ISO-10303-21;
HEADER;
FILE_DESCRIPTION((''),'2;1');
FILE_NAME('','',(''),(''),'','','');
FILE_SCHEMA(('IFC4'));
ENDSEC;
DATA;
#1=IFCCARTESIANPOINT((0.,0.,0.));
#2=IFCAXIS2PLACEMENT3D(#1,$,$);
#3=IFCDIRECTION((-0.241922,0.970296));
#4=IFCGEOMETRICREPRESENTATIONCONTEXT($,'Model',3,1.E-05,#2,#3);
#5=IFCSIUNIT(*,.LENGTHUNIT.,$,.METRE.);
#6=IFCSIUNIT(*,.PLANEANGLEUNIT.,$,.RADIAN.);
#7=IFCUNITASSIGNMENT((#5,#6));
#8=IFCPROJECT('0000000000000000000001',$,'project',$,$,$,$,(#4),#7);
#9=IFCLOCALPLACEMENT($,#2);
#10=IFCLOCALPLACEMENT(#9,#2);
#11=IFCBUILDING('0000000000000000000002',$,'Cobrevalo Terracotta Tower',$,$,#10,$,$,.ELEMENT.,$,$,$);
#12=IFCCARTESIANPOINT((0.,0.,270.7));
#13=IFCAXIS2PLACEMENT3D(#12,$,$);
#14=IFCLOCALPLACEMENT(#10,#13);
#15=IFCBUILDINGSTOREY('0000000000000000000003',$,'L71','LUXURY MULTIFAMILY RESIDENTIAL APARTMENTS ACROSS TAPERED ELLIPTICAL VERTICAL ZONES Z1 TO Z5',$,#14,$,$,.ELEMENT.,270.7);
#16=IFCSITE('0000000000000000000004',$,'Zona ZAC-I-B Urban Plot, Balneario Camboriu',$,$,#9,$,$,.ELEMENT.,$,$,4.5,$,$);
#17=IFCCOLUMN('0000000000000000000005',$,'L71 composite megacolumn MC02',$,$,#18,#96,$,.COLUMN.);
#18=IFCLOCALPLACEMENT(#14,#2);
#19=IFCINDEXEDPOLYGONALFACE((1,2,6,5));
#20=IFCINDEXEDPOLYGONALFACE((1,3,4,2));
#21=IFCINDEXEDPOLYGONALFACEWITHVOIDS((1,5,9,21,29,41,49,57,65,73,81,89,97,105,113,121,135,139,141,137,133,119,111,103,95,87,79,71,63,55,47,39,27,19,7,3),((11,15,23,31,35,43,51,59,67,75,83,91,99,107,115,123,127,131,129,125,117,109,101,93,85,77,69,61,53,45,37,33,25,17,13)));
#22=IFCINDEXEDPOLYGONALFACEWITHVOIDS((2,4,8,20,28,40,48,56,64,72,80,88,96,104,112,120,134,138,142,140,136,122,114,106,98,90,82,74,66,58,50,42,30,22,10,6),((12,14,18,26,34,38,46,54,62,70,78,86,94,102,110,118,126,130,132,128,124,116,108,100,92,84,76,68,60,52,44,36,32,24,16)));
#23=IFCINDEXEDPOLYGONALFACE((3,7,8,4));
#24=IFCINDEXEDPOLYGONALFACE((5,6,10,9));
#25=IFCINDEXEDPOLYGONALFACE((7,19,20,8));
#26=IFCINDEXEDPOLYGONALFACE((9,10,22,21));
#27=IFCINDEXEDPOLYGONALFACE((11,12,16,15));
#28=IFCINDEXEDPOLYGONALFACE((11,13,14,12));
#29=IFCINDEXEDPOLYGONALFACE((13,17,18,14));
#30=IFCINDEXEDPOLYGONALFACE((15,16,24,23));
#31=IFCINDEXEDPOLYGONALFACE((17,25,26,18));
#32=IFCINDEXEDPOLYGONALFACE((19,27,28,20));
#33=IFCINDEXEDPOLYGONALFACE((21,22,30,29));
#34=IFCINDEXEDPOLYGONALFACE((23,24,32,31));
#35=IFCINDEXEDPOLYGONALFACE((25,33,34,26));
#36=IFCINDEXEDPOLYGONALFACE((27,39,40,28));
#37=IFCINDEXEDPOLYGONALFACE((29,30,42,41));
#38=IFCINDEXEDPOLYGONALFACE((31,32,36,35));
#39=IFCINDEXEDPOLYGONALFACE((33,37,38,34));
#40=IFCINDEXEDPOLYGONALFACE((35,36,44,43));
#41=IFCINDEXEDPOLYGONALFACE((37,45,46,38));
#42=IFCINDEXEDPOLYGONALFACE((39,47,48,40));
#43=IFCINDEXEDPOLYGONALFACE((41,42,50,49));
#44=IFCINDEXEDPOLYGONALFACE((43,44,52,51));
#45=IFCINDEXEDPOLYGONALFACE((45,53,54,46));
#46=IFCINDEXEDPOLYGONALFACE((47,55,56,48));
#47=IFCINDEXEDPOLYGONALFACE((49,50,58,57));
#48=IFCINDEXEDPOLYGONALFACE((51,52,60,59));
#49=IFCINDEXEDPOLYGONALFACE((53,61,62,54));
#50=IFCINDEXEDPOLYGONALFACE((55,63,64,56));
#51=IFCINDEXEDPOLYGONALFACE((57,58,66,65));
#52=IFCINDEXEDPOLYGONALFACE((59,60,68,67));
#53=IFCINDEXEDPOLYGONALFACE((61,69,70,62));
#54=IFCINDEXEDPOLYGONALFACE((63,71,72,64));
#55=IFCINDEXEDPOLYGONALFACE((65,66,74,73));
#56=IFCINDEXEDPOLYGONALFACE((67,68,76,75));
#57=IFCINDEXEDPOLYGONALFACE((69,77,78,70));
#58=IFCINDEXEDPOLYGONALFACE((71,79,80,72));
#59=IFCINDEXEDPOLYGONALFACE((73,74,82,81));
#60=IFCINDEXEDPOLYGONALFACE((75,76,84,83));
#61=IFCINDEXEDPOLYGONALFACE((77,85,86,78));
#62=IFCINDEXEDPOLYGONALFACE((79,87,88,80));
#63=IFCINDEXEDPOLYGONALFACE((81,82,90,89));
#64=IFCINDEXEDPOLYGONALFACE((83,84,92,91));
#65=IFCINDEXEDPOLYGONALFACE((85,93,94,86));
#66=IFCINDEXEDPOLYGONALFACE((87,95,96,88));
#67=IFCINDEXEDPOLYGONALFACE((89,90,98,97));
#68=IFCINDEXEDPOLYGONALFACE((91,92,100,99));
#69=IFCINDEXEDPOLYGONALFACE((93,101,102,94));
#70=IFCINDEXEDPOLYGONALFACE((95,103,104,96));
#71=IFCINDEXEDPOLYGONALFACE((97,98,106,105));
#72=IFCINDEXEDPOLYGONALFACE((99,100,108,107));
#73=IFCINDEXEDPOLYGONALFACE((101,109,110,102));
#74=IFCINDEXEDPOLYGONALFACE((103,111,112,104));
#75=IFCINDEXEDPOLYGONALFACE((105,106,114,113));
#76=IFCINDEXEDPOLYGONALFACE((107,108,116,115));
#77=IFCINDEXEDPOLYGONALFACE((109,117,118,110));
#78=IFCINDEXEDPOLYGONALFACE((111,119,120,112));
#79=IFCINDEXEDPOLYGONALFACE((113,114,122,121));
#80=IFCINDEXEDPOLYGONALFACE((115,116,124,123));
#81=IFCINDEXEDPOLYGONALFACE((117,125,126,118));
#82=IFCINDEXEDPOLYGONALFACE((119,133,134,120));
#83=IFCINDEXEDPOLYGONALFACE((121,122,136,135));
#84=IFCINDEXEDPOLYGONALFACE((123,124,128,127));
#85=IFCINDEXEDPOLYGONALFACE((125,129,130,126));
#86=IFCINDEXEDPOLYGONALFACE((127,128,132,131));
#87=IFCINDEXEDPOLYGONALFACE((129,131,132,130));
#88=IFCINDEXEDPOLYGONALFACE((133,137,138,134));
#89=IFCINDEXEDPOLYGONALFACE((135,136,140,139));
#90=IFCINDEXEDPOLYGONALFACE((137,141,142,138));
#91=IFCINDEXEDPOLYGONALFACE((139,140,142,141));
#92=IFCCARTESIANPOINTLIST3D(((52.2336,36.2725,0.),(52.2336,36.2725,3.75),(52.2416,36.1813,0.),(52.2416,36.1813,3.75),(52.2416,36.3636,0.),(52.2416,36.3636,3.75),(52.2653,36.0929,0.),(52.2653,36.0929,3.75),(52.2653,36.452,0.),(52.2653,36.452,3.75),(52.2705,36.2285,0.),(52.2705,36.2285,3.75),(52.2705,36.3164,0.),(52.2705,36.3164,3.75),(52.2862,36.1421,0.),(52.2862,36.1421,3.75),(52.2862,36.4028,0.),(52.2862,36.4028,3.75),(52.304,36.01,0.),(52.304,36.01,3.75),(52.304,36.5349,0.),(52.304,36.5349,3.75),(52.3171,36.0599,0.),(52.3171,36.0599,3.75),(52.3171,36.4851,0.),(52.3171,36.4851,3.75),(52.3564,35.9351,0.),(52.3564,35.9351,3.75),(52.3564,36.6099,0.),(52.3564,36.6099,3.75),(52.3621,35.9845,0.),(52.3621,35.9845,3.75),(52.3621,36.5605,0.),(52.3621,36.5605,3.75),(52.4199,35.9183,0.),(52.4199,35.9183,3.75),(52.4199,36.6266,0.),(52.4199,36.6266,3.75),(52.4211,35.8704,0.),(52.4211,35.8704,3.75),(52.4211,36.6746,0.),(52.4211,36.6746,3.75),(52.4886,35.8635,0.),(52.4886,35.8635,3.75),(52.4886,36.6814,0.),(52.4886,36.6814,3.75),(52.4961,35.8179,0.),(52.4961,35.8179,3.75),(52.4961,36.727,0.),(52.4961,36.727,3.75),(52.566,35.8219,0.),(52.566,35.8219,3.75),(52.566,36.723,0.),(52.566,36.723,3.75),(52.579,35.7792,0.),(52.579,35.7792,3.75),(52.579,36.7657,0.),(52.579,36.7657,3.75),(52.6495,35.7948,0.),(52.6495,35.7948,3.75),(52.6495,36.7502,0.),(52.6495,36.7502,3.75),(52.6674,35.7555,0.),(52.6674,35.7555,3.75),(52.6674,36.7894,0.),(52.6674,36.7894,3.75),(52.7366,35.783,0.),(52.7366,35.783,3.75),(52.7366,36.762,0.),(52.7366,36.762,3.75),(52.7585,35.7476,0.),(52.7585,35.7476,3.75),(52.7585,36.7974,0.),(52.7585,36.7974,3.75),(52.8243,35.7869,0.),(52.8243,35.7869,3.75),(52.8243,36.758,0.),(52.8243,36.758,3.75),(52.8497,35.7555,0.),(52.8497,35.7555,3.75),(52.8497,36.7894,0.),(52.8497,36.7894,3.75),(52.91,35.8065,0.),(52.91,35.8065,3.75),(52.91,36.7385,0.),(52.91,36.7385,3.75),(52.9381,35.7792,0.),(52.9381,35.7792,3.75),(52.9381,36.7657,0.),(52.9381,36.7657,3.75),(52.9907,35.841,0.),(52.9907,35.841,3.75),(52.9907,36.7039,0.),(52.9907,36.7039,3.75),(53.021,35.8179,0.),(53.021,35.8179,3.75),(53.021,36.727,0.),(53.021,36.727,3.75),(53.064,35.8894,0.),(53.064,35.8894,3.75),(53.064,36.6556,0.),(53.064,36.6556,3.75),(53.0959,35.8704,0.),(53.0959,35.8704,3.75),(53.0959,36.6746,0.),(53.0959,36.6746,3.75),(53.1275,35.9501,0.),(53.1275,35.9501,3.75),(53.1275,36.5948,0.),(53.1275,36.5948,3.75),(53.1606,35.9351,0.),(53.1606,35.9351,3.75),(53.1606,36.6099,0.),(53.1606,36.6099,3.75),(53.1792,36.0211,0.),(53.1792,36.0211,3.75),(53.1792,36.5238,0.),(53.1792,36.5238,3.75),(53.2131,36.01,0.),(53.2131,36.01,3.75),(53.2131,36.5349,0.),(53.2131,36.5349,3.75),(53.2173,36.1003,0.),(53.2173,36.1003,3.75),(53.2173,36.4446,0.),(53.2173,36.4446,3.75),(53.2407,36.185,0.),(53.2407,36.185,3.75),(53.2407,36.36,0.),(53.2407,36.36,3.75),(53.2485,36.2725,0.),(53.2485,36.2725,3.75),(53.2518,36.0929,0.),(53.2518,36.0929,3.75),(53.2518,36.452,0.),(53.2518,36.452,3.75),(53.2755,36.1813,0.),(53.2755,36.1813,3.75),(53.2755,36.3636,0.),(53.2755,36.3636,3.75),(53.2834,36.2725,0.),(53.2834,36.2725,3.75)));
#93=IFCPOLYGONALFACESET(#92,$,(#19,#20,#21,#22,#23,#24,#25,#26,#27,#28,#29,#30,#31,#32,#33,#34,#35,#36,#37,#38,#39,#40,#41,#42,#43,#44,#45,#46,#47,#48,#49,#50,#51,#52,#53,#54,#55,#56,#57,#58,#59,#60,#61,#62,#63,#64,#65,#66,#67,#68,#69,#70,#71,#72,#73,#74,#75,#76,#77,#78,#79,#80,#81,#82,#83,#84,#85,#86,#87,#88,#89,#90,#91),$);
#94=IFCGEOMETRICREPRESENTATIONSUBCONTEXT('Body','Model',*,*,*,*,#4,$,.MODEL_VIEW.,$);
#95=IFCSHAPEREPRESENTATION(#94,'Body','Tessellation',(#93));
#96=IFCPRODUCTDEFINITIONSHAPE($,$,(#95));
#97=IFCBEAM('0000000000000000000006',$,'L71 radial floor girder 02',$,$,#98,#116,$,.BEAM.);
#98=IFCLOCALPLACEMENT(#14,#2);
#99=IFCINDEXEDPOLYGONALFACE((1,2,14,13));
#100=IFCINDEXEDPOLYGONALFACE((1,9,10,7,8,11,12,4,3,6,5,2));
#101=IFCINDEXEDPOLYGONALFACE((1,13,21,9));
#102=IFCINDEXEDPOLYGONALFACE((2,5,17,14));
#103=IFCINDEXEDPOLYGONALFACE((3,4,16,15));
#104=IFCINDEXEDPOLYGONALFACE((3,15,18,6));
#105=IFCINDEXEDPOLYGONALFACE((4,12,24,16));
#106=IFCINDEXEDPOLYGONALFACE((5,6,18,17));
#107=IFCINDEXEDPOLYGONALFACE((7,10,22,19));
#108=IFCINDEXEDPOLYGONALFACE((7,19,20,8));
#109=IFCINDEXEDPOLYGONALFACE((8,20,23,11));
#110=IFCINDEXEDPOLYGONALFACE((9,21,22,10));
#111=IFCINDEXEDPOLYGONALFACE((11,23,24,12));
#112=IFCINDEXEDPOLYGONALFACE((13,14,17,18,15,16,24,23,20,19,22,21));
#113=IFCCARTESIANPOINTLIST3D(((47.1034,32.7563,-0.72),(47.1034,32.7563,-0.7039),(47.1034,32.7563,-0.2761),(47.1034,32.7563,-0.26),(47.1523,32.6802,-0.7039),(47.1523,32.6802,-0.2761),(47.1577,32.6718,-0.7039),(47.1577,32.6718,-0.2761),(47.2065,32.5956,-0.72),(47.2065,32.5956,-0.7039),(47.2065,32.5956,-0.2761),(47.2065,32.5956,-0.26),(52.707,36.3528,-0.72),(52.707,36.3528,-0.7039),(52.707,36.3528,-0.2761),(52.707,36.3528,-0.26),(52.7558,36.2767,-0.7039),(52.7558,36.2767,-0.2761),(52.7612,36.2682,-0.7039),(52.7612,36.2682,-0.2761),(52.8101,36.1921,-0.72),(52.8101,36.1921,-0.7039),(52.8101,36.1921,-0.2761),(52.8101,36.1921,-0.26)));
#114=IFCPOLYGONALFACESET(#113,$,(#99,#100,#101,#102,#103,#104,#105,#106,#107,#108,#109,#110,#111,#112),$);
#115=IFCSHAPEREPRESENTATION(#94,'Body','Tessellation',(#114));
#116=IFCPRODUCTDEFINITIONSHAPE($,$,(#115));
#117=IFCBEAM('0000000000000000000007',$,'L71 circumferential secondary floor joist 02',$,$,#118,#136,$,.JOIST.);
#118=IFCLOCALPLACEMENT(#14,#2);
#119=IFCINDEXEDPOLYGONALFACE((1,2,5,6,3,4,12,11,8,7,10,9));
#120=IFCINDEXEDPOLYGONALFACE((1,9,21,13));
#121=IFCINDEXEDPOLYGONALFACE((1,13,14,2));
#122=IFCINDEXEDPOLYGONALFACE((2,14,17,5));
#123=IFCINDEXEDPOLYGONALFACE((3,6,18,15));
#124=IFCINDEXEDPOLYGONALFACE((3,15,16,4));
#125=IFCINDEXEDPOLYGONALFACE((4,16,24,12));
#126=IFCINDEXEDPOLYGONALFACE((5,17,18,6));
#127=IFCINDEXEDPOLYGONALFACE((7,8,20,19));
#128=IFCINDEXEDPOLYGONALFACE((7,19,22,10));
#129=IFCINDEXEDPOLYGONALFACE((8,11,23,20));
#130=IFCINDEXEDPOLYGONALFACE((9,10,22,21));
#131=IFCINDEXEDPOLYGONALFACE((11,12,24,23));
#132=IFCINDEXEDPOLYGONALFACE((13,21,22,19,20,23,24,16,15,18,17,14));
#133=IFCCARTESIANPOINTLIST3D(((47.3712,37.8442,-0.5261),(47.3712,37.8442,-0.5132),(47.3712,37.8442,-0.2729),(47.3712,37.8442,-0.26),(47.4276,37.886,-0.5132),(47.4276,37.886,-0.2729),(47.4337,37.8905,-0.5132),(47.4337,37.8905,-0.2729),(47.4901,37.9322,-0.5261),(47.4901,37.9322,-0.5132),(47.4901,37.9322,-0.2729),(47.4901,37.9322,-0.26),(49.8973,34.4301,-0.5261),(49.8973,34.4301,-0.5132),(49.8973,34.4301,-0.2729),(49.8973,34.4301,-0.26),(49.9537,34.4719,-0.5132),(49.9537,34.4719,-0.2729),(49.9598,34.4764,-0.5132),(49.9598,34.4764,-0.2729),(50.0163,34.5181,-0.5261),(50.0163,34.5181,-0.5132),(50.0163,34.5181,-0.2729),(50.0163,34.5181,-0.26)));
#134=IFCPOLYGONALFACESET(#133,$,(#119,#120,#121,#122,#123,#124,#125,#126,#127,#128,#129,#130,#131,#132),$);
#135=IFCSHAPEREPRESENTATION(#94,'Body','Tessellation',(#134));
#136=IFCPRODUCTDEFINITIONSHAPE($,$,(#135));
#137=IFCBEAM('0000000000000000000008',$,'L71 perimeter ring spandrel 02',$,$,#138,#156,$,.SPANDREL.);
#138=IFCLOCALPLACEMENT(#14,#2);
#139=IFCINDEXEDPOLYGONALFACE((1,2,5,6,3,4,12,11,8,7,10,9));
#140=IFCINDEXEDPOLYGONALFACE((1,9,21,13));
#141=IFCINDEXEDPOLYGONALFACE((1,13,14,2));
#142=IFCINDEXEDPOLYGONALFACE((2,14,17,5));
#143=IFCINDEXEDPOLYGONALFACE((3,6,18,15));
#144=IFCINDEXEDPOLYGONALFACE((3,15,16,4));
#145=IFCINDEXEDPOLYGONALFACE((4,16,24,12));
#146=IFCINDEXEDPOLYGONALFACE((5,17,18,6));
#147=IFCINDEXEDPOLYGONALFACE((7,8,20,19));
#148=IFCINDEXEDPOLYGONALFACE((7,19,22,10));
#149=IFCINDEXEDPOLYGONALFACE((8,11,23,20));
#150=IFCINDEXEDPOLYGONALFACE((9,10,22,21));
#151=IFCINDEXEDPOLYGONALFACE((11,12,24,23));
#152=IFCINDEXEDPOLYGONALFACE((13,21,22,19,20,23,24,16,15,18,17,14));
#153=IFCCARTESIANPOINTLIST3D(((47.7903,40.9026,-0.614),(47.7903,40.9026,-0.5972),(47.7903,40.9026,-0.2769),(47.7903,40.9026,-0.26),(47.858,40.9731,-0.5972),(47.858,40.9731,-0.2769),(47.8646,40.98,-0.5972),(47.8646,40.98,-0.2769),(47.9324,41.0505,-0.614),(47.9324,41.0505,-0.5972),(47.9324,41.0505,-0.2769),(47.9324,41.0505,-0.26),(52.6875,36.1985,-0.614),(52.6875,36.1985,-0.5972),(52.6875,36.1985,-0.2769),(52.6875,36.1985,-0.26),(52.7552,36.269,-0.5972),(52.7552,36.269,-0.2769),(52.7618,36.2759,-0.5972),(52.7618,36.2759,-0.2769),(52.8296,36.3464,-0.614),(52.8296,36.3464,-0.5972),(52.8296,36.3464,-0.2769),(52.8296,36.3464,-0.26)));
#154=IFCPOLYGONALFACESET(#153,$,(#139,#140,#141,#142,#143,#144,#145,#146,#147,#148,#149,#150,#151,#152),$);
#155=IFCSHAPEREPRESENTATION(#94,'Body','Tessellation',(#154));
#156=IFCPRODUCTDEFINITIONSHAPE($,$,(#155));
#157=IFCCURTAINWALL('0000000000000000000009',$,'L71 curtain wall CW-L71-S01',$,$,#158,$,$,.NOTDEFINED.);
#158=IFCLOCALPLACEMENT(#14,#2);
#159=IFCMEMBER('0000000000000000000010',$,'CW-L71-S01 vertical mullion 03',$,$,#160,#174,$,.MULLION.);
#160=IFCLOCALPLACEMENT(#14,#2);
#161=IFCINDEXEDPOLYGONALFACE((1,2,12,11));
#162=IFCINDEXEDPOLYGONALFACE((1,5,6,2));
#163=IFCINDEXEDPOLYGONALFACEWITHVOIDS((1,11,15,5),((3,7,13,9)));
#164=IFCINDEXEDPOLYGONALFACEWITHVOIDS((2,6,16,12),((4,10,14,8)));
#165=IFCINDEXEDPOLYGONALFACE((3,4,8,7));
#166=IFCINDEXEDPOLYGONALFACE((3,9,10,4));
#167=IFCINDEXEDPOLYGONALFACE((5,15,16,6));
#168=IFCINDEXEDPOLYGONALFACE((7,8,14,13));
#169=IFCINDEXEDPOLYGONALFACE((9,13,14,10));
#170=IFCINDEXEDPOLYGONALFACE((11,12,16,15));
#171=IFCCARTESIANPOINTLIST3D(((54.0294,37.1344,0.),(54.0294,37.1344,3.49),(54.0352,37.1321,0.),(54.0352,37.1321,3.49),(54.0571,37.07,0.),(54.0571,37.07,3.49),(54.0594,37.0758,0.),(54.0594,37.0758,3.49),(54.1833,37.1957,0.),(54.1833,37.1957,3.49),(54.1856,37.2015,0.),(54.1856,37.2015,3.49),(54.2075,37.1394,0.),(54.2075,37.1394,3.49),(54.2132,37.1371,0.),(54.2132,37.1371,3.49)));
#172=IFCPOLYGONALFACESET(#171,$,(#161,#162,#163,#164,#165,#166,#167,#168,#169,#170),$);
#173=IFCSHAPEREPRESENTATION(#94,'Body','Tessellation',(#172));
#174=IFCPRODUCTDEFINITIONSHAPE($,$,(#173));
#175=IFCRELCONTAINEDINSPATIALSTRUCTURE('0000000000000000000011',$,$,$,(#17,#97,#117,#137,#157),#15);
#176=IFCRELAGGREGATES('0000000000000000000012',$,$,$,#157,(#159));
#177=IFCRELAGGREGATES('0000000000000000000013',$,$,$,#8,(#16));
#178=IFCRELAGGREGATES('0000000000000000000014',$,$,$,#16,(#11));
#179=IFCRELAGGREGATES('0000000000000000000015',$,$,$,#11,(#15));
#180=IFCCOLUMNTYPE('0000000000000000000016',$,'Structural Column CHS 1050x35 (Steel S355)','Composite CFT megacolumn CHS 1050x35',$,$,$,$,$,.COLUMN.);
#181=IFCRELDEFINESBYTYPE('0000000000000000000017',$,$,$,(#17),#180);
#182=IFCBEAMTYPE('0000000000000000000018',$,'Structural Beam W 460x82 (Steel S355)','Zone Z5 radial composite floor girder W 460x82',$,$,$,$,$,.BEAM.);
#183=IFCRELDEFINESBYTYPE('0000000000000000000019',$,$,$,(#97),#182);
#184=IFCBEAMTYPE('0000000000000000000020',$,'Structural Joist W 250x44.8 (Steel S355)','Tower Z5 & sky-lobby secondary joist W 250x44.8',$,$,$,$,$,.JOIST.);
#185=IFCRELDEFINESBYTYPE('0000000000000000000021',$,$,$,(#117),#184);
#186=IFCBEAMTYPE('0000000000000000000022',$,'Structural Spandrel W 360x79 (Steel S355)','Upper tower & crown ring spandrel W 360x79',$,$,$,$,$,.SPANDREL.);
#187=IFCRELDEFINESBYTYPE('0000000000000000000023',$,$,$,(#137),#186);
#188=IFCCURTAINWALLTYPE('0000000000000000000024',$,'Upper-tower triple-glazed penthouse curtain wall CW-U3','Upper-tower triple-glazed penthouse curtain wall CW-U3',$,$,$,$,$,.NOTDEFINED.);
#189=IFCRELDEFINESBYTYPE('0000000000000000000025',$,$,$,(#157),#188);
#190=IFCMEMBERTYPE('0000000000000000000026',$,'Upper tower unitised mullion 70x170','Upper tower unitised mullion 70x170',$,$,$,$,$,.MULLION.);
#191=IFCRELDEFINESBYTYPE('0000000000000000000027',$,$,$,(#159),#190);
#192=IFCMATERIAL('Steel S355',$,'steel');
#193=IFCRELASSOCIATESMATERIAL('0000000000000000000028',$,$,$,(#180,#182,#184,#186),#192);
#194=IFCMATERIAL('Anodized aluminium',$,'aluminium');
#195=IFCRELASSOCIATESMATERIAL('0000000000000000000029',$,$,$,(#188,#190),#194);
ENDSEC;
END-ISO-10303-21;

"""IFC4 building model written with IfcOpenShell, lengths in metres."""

from ifc_helpers import new_model, si_unit, direction, frame, origin, origin_2d, place, context, subcontext, project, spatial, hollow_rectangle, hollow_circle, i_section, extrude, source, transform, mapped, material, material_profile, profile_set, type_object, element, aggregate, save


model = new_model("IFC4")

# Units and contexts
model_context = context("Model", 3, precision=1e-05, world=origin(), true_north=direction((-0.241922, 0.970296)))
body_context = subcontext(model_context, "Body", "Model", "MODEL_VIEW")
ifc_project = project(units=[si_unit("LENGTHUNIT", "METRE"), si_unit("PLANEANGLEUNIT", "RADIAN")], contexts=[model_context])

# Site, building, storey
site_placement = place(None, origin())
site = spatial("IfcSite", under=ifc_project, at=site_placement, Name="Zona ZAC-I-B Urban Plot, Balneario Camboriu", CompositionType="ELEMENT", RefElevation=4.5)
building_placement = place(site_placement, origin())
building = spatial("IfcBuilding", under=site, at=building_placement, Name="Cobrevalo Terracotta Tower", CompositionType="ELEMENT")
storey_placement = place(building_placement, frame((0.0, 0.0, 270.7)))
storey = spatial("IfcBuildingStorey", under=building, at=storey_placement, Name="L71", Description="LUXURY MULTIFAMILY RESIDENTIAL APARTMENTS ACROSS TAPERED ELLIPTICAL VERTICAL ZONES Z1 TO Z5", CompositionType="ELEMENT", Elevation=270.7)

# Column
ifc_material_1 = material(Name="Steel S355", Category="steel")
ifc_material_profile_1 = material_profile(ifc_material_1, hollow_circle(Radius=0.5249, WallThickness=0.0349, at=origin_2d()), Name="CHS 1050x35")
ifc_profile_set_1 = profile_set([ifc_material_profile_1], Name="Steel S355")
column_type = type_object("IfcColumnType", Name="Structural Column CHS 1050x35 (Steel S355)", Description="Composite CFT megacolumn CHS 1050x35", PredefinedType="COLUMN", material=ifc_profile_set_1)
column_placement = place(storey_placement, frame((52.7585, 36.2725, 0.0), z_axis=(0.0, 0.0, 1.0), x_axis=(1.0, 0.0, 0.0)))
element("IfcColumn", 1, at=column_placement, inside=storey, type_object=column_type, Name="L71 composite megacolumn MC02", PredefinedType="COLUMN", context=body_context, shape_type="SweptSolid", body=[
    extrude(hollow_circle(Radius=0.5249, WallThickness=0.0349, at=origin_2d()), origin(), (0.0, 0.0, 1.0), 3.75),
])

# Beams
ifc_material_profile_2 = material_profile(ifc_material_1, i_section(OverallWidth=0.1909, OverallDepth=0.46, WebThickness=0.01, FlangeThickness=0.0161, at=origin_2d()), Name="W 460x82")
ifc_profile_set_2 = profile_set([ifc_material_profile_2], Name="Steel S355")
beam_type_1 = type_object("IfcBeamType", Name="Structural Beam W 460x82 (Steel S355)", Description="Zone Z5 radial composite floor girder W 460x82", PredefinedType="BEAM", material=ifc_profile_set_2)
beam_1_placement = place(storey_placement, frame((52.7585, 36.2725, -0.49), z_axis=(-0.841576, -0.540138, 0.0), x_axis=(0.540138, -0.841576, 0.0)))
element("IfcBeam", 2, at=beam_1_placement, inside=storey, type_object=beam_type_1, Name="L71 radial floor girder 02", PredefinedType="BEAM", context=body_context, shape_type="SweptSolid", body=[
    extrude(i_section(OverallWidth=0.1909, OverallDepth=0.46, WebThickness=0.01, FlangeThickness=0.0161, at=origin_2d()), origin(), (0.0, 0.0, 1.0), 6.6584),
])
ifc_material_profile_3 = material_profile(ifc_material_1, i_section(OverallWidth=0.1479, OverallDepth=0.2661, WebThickness=0.0076, FlangeThickness=0.0129, at=origin_2d()), Name="W 250x44.8")
ifc_profile_set_3 = profile_set([ifc_material_profile_3], Name="Steel S355")
beam_type_2 = type_object("IfcBeamType", Name="Structural Joist W 250x44.8 (Steel S355)", Description="Tower Z5 & sky-lobby secondary joist W 250x44.8", PredefinedType="JOIST", material=ifc_profile_set_3)
beam_2_placement = place(storey_placement, frame((49.9568, 34.4741, -0.3931), z_axis=(-0.5948, 0.803874, 0.0), x_axis=(-0.803874, -0.5948, 0.0)))
element("IfcBeam", 3, at=beam_2_placement, inside=storey, type_object=beam_type_2, Name="L71 circumferential secondary floor joist 02", PredefinedType="JOIST", context=body_context, shape_type="SweptSolid", body=[
    extrude(i_section(OverallWidth=0.1479, OverallDepth=0.2661, WebThickness=0.0076, FlangeThickness=0.0129, at=origin_2d()), origin(), (0.0, 0.0, 1.0), 4.2471),
])
ifc_material_profile_4 = material_profile(ifc_material_1, i_section(OverallWidth=0.2051, OverallDepth=0.354, WebThickness=0.0095, FlangeThickness=0.0168, at=origin_2d()), Name="W 360x79")
ifc_profile_set_4 = profile_set([ifc_material_profile_4], Name="Steel S355")
beam_type_3 = type_object("IfcBeamType", Name="Structural Spandrel W 360x79 (Steel S355)", Description="Upper tower & crown ring spandrel W 360x79", PredefinedType="SPANDREL", material=ifc_profile_set_4)
beam_3_placement = place(storey_placement, frame((52.7585, 36.2725, -0.437), z_axis=(-0.721183, 0.692744, 0.0), x_axis=(-0.692744, -0.721183, 0.0)))
element("IfcBeam", 4, at=beam_3_placement, inside=storey, type_object=beam_type_3, Name="L71 perimeter ring spandrel 02", PredefinedType="SPANDREL", context=body_context, shape_type="SweptSolid", body=[
    extrude(i_section(OverallWidth=0.2051, OverallDepth=0.354, WebThickness=0.0095, FlangeThickness=0.0168, at=origin_2d()), origin(), (0.0, 0.0, 1.0), 6.7905),
])

# Curtain wall, member
ifc_material_2 = material(Name="Anodized aluminium", Category="aluminium")
curtain_wall_type = type_object("IfcCurtainWallType", Name="Upper-tower triple-glazed penthouse curtain wall CW-U3", Description="Upper-tower triple-glazed penthouse curtain wall CW-U3", PredefinedType="NOTDEFINED", material=ifc_material_2)
curtain_wall_1_placement = place(storey_placement, origin())
curtain_wall_1 = element("IfcCurtainWall", 5, at=curtain_wall_1_placement, inside=storey, type_object=curtain_wall_type, Name="L71 curtain wall CW-L71-S01", PredefinedType="NOTDEFINED")
ifc_material_profile_5 = material_profile(ifc_material_2, hollow_rectangle(XDim=0.0701, YDim=0.1699, WallThickness=0.0044, at=origin_2d()), Name="CWM 70x170")
ifc_profile_set_5 = profile_set([ifc_material_profile_5], Name="Anodized aluminium")
member_type_1 = type_object("IfcMemberType", Name="Upper tower unitised mullion 70x170", Description="Upper tower unitised mullion 70x170", PredefinedType="MULLION", material=ifc_profile_set_5)
shared_shape_1 = source(origin(), body_context, "Body", "SweptSolid", [
    extrude(hollow_rectangle(XDim=0.0701, YDim=0.1699, WallThickness=0.0044, at=origin_2d()), origin(), (0.0, 0.0, 1.0), 3.49),
])
member_1_placement = place(storey_placement, frame((54.1213, 37.1357, 0.0), z_axis=(0.0, 0.0, 1.0), x_axis=(-0.394824, 0.918757, 0.0)))
member_1 = element("IfcMember", 6, at=member_1_placement, type_object=member_type_1, Name="CW-L71-S01 vertical mullion 03", PredefinedType="MULLION", context=body_context, shape_type="MappedRepresentation", body=[
    mapped(shared_shape_1, transform((0.0, 0.0, 0.0), scale=1.0)),
])

aggregate(curtain_wall_1, [member_1])

save(model, "model.ifc")
